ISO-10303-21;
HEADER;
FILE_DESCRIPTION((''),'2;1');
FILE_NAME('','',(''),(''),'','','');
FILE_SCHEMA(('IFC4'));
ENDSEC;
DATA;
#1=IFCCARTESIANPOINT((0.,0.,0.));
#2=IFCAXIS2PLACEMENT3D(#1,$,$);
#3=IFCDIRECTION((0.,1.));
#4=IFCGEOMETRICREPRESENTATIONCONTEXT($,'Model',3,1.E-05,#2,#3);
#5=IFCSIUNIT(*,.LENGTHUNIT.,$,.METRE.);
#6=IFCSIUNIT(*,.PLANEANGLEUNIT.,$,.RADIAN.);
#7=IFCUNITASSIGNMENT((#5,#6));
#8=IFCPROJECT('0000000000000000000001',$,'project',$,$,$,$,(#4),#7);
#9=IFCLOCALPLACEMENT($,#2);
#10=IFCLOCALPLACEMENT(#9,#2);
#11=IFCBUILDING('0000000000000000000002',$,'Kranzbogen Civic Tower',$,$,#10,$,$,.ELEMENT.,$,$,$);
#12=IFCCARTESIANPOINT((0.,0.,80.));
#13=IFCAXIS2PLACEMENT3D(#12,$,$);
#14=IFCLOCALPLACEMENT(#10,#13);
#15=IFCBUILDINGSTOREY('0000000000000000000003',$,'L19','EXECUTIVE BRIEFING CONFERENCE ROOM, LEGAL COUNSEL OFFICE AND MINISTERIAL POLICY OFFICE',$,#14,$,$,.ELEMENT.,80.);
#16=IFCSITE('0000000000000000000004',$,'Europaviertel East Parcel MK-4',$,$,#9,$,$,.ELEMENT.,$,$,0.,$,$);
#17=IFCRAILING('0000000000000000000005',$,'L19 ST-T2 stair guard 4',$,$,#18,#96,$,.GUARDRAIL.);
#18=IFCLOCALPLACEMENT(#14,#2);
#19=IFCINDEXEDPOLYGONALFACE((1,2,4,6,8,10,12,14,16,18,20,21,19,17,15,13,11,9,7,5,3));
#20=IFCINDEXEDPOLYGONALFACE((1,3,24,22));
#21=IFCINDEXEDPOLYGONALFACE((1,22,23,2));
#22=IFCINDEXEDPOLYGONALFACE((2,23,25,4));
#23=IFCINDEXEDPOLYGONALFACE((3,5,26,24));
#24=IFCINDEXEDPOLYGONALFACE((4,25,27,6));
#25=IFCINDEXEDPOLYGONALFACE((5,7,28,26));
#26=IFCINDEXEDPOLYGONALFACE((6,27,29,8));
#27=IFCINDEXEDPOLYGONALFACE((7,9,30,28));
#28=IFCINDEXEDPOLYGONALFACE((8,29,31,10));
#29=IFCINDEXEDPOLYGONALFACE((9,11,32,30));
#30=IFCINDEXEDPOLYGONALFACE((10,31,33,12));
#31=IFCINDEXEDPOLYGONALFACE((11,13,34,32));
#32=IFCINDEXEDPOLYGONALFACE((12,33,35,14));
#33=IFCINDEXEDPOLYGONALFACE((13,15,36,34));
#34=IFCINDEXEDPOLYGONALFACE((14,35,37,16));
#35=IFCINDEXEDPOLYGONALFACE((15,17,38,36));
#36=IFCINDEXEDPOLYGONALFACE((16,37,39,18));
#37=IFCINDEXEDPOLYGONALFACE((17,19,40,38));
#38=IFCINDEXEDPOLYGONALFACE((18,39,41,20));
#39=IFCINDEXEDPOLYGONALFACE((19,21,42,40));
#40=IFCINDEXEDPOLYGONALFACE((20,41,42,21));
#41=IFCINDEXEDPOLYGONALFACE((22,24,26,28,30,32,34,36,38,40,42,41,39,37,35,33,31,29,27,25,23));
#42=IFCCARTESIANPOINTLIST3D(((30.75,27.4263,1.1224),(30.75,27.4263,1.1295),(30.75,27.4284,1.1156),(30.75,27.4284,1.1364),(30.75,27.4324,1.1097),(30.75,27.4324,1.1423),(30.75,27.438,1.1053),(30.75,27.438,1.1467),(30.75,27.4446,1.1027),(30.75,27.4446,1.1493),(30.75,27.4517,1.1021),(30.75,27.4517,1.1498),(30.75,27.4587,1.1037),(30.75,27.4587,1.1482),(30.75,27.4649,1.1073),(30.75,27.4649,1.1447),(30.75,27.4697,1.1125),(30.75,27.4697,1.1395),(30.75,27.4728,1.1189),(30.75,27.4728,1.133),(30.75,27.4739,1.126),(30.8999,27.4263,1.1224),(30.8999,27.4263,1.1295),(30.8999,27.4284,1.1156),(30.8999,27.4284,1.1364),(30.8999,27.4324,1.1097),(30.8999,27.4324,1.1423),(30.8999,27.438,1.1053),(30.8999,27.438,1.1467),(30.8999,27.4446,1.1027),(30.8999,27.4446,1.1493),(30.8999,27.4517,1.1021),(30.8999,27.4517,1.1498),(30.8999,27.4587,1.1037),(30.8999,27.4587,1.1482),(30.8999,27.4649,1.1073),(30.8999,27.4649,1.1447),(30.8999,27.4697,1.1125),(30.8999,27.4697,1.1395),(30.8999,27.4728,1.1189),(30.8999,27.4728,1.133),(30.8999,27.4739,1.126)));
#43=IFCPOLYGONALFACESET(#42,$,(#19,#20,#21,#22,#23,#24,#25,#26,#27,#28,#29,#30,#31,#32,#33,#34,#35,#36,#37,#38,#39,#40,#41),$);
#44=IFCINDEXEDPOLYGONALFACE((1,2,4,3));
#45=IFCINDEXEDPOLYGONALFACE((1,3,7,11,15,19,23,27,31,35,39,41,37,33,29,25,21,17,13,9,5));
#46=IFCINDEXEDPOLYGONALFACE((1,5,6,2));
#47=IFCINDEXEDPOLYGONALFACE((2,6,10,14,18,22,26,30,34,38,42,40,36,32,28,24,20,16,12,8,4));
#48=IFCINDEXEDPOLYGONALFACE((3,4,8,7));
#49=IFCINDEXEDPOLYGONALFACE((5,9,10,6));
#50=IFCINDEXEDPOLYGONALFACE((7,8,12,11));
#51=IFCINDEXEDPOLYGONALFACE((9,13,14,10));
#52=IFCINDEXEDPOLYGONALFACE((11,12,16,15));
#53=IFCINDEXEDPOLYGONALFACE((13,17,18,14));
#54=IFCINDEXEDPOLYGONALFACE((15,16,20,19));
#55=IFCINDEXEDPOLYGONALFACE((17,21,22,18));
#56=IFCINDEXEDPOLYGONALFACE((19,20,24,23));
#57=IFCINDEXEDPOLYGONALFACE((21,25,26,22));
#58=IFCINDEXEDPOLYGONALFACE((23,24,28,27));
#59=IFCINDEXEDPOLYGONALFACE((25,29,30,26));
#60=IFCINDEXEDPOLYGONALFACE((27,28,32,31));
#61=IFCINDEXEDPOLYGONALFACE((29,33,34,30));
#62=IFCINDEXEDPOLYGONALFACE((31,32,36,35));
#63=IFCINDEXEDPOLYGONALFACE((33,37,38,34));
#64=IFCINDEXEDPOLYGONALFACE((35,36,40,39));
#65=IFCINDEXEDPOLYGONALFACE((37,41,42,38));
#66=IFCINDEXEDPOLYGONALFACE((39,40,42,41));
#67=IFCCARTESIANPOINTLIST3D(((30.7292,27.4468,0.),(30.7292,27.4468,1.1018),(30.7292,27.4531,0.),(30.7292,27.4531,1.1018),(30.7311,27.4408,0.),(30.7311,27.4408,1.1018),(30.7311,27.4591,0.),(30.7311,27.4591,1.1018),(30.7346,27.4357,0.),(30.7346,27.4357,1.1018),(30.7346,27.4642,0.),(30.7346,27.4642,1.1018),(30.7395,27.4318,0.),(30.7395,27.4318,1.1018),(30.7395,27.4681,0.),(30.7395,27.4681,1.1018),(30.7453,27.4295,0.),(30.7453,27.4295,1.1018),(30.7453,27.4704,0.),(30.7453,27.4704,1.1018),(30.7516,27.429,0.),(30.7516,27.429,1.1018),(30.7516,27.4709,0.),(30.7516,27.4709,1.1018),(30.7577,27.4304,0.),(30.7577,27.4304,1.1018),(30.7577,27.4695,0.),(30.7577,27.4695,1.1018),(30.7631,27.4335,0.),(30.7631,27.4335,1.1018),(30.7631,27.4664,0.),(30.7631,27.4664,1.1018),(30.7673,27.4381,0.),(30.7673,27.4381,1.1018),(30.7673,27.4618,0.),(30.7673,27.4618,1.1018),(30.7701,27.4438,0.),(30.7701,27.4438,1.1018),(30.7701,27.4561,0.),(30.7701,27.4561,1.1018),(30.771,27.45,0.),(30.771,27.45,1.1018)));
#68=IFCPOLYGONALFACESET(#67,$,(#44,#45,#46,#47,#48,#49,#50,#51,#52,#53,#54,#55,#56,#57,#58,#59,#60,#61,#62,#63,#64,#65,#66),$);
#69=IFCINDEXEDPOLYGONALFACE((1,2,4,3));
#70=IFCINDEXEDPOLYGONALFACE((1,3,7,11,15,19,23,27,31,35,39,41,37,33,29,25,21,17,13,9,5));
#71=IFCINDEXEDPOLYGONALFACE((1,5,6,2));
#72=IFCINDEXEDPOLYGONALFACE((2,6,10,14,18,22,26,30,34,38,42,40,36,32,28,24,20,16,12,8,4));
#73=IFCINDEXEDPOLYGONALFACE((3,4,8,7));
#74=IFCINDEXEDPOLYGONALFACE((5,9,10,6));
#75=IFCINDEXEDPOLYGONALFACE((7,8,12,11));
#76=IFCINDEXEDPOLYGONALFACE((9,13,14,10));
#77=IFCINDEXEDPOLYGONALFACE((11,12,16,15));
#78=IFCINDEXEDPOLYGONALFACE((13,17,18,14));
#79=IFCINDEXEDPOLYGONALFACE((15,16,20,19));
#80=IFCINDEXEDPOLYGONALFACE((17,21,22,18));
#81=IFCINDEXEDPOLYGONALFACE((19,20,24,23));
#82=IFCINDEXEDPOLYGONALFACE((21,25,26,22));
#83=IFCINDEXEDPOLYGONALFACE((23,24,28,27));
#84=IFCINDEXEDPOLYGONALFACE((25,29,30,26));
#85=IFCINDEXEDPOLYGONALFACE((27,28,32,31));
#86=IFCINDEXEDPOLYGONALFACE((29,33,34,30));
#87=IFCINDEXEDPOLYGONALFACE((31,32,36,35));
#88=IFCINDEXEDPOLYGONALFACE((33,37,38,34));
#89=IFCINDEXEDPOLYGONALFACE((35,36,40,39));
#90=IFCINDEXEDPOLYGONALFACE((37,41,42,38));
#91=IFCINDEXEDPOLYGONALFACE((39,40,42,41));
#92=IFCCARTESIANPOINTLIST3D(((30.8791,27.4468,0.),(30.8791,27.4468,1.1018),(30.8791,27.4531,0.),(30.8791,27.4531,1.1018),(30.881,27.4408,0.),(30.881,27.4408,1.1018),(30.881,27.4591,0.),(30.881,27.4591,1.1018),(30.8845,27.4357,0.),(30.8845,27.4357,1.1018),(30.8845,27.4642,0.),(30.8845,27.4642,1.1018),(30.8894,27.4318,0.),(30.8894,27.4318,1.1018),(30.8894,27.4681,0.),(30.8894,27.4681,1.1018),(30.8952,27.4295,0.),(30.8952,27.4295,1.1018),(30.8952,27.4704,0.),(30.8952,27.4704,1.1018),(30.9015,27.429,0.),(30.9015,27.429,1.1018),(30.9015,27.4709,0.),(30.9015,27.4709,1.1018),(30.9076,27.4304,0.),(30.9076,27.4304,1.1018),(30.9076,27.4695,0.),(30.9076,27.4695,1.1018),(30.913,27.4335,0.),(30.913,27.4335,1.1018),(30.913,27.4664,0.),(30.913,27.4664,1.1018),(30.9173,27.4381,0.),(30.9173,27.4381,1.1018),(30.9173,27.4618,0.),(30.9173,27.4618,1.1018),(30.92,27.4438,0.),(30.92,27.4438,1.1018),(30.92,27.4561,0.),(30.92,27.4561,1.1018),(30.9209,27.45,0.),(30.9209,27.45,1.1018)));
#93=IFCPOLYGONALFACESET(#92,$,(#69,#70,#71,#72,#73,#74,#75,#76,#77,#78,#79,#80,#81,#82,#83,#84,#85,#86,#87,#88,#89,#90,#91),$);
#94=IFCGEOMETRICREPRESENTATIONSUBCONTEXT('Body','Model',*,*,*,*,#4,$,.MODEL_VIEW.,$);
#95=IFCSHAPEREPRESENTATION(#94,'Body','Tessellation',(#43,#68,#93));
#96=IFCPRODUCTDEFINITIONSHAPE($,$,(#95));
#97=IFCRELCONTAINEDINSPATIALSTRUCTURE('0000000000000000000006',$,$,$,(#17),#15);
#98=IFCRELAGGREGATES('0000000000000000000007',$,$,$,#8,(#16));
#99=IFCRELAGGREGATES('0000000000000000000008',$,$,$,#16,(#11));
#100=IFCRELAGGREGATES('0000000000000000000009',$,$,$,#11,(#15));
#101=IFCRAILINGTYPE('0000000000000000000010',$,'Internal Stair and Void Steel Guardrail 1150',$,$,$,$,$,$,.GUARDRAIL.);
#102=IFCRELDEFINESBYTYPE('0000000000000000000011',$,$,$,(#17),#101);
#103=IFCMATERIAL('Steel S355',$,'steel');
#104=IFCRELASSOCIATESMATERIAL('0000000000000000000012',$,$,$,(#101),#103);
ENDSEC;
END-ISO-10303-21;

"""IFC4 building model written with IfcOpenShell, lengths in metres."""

from ifc_helpers import new_model, si_unit, direction, frame, origin, origin_2d, place, context, subcontext, project, spatial, circle, extrude, material, type_object, element, save


model = new_model("IFC4")

# Units and contexts
model_context = context("Model", 3, precision=1e-05, world=origin(), true_north=direction((0.0, 1.0)))
body_context = subcontext(model_context, "Body", "Model", "MODEL_VIEW")
ifc_project = project(units=[si_unit("LENGTHUNIT", "METRE"), si_unit("PLANEANGLEUNIT", "RADIAN")], contexts=[model_context])

# Site, building, storey
site_placement = place(None, origin())
site = spatial("IfcSite", under=ifc_project, at=site_placement, Name="Europaviertel East Parcel MK-4", CompositionType="ELEMENT", RefElevation=0.0)
building_placement = place(site_placement, origin())
building = spatial("IfcBuilding", under=site, at=building_placement, Name="Kranzbogen Civic Tower", CompositionType="ELEMENT")
storey_placement = place(building_placement, frame((0.0, 0.0, 80.0)))
storey = spatial("IfcBuildingStorey", under=building, at=storey_placement, Name="L19", Description="EXECUTIVE BRIEFING CONFERENCE ROOM, LEGAL COUNSEL OFFICE AND MINISTERIAL POLICY OFFICE", CompositionType="ELEMENT", Elevation=80.0)

# Shared definitions
ifc_material_1 = material(Name="Steel S355", Category="steel")

# Railing
railing_type_1 = type_object("IfcRailingType", Name="Internal Stair and Void Steel Guardrail 1150", PredefinedType="GUARDRAIL", material=ifc_material_1)
railing_1_placement = place(storey_placement, frame((30.75, 27.45, 0.0)))
element("IfcRailing", 1, at=railing_1_placement, inside=storey, type_object=railing_type_1, Name="L19 ST-T2 stair guard 4", PredefinedType="GUARDRAIL", context=body_context, shape_type="SweptSolid", body=[
    extrude(circle(Radius=0.0239, at=origin_2d()), frame((0.0, 0.0, 1.126), z_axis=(1.0, 0.0, 0.0), x_axis=(0.0, 1.0, 0.0)), (0.0, 0.0, 1.0), 0.1499),
    extrude(circle(Radius=0.021, at=origin_2d()), origin(), (0.0, 0.0, 1.0), 1.1018),
    extrude(circle(Radius=0.021, at=origin_2d()), frame((0.1499, 0.0, 0.0)), (0.0, 0.0, 1.0), 1.1018),
])

save(model, "model.ifc")
